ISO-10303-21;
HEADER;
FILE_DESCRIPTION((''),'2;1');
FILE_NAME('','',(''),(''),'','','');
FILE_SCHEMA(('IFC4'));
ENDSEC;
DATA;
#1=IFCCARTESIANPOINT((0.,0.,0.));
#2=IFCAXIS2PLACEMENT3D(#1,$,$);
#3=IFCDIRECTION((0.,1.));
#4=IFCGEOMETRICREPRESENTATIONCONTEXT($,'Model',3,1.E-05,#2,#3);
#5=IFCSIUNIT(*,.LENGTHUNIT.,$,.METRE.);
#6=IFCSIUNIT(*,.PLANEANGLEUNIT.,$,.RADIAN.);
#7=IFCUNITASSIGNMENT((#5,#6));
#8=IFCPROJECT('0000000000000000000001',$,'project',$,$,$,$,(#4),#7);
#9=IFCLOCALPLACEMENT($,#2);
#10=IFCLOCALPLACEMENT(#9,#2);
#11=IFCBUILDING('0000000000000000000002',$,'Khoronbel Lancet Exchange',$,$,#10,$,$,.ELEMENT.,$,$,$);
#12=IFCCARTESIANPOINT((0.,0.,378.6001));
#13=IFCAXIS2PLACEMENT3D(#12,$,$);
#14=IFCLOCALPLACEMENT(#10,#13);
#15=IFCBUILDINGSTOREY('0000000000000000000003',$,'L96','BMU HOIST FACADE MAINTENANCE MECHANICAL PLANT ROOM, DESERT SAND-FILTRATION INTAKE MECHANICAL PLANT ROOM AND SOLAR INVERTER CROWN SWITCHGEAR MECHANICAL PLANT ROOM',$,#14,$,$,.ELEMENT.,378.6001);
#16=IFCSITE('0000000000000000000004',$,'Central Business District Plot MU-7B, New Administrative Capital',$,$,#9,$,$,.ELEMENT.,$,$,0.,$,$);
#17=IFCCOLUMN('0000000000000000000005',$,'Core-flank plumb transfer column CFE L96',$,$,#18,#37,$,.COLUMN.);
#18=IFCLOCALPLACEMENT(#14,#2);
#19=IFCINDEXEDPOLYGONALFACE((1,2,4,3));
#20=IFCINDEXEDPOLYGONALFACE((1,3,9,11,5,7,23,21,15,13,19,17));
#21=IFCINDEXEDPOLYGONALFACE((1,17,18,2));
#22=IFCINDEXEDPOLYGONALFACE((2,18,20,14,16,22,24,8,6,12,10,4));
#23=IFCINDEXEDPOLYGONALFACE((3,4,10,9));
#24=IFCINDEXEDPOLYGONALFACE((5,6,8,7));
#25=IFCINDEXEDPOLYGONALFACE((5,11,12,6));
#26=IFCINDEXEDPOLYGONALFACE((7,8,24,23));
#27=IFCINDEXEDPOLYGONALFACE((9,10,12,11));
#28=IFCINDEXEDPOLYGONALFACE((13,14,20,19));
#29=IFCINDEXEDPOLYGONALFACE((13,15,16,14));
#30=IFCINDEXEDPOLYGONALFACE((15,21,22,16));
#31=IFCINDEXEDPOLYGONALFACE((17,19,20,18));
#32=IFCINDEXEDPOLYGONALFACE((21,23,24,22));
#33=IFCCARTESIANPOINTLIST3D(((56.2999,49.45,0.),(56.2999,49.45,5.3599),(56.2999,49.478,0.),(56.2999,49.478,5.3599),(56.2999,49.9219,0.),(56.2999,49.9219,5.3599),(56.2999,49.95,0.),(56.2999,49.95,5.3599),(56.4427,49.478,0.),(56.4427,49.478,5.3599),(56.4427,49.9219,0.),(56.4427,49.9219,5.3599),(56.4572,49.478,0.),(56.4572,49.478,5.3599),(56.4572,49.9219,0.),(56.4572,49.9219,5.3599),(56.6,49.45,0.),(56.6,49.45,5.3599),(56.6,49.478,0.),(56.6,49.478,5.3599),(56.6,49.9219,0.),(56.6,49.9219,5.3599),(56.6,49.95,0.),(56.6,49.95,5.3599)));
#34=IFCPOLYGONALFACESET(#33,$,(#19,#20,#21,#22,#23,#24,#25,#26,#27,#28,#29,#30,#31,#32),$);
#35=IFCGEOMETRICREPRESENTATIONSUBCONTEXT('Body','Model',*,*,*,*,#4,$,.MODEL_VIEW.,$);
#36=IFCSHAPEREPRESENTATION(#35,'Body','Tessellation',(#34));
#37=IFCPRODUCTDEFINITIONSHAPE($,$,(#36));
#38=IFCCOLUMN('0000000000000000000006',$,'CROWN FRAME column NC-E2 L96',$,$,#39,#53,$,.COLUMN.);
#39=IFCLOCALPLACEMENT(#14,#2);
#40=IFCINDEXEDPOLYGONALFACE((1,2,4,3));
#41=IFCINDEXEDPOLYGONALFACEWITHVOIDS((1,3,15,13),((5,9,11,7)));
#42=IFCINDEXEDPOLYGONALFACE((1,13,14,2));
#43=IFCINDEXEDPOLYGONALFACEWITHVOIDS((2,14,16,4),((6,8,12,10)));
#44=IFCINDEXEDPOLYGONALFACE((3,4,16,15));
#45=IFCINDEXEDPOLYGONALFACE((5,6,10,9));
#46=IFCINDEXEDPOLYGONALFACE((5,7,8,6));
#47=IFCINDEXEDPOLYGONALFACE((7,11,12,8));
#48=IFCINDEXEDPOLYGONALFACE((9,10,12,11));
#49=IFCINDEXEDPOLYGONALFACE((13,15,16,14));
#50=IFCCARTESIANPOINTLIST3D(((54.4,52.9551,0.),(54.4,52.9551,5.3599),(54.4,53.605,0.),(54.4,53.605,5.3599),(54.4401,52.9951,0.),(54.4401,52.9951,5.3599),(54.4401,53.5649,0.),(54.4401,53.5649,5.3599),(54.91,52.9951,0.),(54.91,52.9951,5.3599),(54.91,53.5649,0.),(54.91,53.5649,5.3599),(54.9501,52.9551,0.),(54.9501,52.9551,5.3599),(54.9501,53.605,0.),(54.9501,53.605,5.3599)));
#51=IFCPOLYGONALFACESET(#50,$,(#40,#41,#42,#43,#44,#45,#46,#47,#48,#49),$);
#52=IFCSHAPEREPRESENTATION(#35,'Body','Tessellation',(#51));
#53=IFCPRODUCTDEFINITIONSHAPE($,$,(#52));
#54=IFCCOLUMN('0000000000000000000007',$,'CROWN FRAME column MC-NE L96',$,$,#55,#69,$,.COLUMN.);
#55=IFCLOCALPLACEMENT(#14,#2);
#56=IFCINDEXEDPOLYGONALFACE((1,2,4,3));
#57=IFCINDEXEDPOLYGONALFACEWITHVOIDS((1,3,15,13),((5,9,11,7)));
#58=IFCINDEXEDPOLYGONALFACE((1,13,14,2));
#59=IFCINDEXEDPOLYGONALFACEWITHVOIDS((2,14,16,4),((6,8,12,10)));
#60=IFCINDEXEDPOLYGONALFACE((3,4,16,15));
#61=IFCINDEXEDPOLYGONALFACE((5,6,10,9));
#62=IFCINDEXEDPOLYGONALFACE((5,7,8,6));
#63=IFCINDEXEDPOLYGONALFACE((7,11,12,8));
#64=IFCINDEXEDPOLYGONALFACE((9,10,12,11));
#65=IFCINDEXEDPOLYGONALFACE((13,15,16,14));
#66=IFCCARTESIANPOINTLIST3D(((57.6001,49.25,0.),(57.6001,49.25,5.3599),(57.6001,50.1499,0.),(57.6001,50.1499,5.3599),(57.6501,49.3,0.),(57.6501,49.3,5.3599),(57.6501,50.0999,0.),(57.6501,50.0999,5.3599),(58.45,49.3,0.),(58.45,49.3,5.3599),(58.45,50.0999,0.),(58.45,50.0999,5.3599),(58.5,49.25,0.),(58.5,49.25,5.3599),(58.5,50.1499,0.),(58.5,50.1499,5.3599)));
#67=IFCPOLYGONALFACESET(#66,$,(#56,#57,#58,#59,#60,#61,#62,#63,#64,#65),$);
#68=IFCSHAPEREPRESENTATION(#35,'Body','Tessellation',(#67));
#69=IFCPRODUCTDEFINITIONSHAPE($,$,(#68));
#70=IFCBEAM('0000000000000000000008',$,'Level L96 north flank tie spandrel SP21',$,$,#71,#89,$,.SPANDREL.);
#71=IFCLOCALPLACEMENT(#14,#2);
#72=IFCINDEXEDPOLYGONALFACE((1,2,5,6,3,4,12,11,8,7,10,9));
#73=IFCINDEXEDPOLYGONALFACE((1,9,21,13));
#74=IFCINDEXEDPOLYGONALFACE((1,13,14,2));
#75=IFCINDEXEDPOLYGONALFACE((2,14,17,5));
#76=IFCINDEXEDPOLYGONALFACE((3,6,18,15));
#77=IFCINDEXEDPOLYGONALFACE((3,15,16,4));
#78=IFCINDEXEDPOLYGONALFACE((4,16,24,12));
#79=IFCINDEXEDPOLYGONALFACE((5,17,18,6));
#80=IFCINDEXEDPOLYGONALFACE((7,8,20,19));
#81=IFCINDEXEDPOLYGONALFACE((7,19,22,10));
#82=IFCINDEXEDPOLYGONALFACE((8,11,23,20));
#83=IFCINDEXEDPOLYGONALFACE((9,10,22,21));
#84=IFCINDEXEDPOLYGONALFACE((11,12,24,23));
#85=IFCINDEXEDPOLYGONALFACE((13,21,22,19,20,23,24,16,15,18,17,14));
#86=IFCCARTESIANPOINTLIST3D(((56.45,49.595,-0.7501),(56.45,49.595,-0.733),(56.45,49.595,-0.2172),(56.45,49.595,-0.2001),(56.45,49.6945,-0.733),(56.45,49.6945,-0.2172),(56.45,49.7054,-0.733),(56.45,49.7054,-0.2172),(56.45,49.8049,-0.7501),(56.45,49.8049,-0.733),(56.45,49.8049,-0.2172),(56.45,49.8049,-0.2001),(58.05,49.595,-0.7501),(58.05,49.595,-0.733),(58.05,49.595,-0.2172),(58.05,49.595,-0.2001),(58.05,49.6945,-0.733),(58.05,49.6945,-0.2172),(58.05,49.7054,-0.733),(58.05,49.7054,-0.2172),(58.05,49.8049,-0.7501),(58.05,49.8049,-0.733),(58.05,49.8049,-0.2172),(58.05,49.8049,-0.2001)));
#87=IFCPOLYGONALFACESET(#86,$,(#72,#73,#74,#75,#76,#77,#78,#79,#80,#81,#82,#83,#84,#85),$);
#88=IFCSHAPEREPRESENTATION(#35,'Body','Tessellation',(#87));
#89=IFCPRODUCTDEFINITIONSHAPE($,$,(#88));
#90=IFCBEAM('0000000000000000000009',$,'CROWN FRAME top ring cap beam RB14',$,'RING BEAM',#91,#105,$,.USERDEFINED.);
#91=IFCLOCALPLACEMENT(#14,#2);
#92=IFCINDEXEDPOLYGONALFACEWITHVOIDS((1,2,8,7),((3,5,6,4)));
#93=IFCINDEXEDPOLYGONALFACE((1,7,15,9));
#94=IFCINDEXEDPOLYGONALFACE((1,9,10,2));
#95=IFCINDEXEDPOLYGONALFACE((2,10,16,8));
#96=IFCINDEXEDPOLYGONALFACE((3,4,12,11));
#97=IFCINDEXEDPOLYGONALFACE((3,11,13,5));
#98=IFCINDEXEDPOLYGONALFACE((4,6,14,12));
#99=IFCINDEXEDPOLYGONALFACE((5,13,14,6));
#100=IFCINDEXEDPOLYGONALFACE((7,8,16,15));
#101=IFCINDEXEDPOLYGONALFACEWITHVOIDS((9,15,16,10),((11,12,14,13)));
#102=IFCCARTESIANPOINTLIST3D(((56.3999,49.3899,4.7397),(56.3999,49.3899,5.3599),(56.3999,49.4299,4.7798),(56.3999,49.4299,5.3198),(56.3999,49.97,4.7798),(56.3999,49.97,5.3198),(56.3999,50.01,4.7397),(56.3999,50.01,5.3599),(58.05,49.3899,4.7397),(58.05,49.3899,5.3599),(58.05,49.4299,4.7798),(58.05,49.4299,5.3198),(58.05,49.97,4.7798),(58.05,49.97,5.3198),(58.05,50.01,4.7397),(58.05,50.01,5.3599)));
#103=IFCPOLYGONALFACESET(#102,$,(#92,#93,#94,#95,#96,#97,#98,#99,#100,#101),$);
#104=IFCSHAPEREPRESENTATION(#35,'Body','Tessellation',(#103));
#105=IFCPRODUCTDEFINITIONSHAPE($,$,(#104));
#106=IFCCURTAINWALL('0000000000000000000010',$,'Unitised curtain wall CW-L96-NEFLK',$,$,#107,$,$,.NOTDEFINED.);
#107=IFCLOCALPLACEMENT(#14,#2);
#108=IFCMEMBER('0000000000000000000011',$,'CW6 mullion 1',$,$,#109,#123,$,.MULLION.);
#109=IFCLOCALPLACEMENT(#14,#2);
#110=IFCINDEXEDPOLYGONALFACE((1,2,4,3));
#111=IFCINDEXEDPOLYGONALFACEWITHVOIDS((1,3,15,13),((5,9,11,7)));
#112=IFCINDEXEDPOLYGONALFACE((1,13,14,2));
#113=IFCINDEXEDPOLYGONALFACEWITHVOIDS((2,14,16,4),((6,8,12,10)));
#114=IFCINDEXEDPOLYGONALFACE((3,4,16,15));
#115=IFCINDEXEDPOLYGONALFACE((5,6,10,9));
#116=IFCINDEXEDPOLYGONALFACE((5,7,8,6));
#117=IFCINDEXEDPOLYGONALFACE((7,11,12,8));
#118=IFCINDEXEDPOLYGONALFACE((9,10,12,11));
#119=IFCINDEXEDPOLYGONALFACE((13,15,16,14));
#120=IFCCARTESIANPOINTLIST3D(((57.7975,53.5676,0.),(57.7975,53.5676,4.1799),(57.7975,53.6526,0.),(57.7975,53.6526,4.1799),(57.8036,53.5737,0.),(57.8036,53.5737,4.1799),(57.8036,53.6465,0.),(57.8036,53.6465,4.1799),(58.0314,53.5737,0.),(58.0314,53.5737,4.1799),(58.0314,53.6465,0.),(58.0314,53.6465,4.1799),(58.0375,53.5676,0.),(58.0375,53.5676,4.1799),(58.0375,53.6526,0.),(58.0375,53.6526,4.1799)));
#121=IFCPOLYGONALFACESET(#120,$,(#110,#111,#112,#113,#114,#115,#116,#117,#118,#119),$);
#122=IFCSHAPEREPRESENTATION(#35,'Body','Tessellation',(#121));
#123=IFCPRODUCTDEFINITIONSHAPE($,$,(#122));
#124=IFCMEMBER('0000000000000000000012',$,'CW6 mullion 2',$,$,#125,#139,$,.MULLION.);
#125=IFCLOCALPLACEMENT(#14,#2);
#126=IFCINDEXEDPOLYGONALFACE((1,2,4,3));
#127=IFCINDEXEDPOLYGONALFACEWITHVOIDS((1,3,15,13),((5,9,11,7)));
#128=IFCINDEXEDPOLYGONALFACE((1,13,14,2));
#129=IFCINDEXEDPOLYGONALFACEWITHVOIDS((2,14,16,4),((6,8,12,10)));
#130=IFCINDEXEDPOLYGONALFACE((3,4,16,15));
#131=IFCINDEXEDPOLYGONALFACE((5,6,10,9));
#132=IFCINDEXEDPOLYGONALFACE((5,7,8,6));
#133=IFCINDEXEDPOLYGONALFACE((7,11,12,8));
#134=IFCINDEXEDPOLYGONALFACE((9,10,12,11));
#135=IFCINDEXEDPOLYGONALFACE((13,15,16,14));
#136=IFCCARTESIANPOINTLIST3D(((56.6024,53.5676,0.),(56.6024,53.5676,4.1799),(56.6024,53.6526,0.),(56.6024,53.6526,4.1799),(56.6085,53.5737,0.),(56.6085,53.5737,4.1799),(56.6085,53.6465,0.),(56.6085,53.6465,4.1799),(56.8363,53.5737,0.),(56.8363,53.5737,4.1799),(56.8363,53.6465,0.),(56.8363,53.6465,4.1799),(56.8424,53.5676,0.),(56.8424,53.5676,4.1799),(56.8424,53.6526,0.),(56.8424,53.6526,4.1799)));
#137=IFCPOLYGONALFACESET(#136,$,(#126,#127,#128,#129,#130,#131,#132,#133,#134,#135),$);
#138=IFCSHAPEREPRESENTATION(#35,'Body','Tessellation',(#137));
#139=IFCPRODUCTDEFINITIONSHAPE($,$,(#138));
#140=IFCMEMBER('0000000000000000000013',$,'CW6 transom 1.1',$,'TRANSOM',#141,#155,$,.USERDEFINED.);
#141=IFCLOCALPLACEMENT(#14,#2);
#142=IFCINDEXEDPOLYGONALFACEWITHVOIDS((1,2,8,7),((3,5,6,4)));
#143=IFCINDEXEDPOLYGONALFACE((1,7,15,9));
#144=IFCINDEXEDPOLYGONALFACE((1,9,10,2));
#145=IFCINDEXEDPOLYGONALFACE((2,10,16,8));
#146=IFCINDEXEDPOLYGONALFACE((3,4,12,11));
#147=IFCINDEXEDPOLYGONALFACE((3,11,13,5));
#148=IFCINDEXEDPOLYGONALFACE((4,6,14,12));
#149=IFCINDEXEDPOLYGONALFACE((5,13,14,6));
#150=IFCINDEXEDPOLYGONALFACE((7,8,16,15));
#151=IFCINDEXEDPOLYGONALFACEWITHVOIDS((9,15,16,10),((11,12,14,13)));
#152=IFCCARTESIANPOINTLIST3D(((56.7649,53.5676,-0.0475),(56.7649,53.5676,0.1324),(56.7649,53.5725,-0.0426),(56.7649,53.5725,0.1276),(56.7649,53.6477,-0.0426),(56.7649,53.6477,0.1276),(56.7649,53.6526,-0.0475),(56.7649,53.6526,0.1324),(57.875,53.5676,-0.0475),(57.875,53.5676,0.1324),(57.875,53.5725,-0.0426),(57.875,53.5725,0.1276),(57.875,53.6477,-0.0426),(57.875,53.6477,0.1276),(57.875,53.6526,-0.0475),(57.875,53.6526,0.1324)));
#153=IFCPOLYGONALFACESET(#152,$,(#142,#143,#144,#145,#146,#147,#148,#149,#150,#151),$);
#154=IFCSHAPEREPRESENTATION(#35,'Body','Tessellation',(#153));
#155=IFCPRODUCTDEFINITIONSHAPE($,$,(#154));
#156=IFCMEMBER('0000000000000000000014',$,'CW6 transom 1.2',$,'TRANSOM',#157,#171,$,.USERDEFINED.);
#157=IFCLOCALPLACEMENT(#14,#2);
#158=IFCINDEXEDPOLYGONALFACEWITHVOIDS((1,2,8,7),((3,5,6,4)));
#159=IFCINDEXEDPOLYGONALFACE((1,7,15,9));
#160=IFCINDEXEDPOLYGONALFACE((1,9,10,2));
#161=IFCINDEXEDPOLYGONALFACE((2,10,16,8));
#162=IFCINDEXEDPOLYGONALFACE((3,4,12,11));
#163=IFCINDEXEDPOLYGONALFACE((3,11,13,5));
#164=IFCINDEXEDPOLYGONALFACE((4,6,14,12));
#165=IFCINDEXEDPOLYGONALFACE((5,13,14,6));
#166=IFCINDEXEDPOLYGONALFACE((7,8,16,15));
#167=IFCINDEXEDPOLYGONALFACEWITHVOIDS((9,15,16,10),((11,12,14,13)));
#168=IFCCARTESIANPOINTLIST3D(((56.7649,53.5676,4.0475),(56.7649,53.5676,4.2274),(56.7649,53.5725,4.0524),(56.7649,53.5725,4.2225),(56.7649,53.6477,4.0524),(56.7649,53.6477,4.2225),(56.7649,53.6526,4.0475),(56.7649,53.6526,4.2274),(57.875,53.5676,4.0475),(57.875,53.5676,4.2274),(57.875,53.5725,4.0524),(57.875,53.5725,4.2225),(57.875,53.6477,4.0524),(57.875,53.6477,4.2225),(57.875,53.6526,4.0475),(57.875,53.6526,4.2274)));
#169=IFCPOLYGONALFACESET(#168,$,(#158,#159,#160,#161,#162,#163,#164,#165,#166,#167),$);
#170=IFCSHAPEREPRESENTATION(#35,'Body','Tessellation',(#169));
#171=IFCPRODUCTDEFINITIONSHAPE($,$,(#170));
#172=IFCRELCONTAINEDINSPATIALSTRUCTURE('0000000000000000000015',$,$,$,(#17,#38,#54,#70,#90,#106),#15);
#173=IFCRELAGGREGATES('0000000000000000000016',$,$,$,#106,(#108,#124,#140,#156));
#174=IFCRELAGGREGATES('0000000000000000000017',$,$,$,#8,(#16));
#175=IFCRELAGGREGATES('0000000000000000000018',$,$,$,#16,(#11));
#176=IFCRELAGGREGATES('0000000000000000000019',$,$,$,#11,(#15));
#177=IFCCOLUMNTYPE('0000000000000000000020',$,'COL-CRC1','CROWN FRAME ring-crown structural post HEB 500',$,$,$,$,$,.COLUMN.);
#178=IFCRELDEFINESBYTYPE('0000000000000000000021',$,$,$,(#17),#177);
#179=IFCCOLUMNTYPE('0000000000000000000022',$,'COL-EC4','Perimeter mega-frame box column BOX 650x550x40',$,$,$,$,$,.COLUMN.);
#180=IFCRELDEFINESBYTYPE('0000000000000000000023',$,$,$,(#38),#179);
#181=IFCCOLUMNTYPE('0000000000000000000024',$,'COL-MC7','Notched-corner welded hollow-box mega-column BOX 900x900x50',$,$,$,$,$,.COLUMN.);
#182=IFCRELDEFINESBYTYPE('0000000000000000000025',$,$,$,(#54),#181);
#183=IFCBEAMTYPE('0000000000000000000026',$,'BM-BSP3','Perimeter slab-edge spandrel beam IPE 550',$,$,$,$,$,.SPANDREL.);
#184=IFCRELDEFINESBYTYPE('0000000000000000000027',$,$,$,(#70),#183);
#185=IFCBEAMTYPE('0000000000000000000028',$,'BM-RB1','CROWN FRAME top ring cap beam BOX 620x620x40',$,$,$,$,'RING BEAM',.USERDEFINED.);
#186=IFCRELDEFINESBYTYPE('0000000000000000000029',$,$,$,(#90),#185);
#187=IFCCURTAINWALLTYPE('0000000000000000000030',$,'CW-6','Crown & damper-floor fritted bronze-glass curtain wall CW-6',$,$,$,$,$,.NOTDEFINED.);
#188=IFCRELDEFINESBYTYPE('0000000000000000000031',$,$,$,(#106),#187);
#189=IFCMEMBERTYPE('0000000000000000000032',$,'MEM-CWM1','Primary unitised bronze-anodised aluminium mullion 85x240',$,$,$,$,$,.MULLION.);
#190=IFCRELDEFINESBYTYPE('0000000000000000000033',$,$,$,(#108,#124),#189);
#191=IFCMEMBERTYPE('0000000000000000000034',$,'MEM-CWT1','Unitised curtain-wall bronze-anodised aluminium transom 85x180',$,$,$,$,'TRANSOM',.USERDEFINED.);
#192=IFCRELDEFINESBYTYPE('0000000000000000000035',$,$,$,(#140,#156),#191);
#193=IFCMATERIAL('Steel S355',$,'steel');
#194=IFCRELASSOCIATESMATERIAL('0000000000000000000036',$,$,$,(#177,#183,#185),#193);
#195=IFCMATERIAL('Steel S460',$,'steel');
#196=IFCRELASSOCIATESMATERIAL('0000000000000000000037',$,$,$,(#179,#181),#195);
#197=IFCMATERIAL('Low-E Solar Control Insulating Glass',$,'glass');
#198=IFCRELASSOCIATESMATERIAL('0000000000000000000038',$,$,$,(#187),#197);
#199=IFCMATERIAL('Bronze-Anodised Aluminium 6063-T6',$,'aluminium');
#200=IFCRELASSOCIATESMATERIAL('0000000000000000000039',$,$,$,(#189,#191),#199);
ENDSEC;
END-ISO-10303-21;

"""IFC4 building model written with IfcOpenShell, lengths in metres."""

from ifc_helpers import new_model, si_unit, direction, frame, origin, origin_2d, place, context, subcontext, project, spatial, hollow_rectangle, i_section, extrude, material, material_profile, profile_set, type_object, element, aggregate, save


model = new_model("IFC4")

# Units and contexts
model_context = context("Model", 3, precision=1e-05, world=origin(), true_north=direction((0.0, 1.0)))
body_context = subcontext(model_context, "Body", "Model", "MODEL_VIEW")
ifc_project = project(units=[si_unit("LENGTHUNIT", "METRE"), si_unit("PLANEANGLEUNIT", "RADIAN")], contexts=[model_context])

# Site, building, storey
site_placement = place(None, origin())
site = spatial("IfcSite", under=ifc_project, at=site_placement, Name="Central Business District Plot MU-7B, New Administrative Capital", CompositionType="ELEMENT", RefElevation=0.0)
building_placement = place(site_placement, origin())
building = spatial("IfcBuilding", under=site, at=building_placement, Name="Khoronbel Lancet Exchange", CompositionType="ELEMENT")
storey_placement = place(building_placement, frame((0.0, 0.0, 378.6001)))
storey = spatial("IfcBuildingStorey", under=building, at=storey_placement, Name="L96", Description="BMU HOIST FACADE MAINTENANCE MECHANICAL PLANT ROOM, DESERT SAND-FILTRATION INTAKE MECHANICAL PLANT ROOM AND SOLAR INVERTER CROWN SWITCHGEAR MECHANICAL PLANT ROOM", CompositionType="ELEMENT", Elevation=378.6001)

# Columns
ifc_material_1 = material(Name="Steel S355", Category="steel")
ifc_material_profile_1 = material_profile(ifc_material_1, i_section(OverallWidth=0.3, OverallDepth=0.5, WebThickness=0.0144, FlangeThickness=0.0281, at=origin_2d()), Name="HEB 500")
ifc_profile_set_1 = profile_set([ifc_material_profile_1], Name="Steel S355")
column_type_1 = type_object("IfcColumnType", Name="COL-CRC1", Description="CROWN FRAME ring-crown structural post HEB 500", PredefinedType="COLUMN", material=ifc_profile_set_1)
column_1_placement = place(storey_placement, frame((56.45, 49.7, 0.0), z_axis=(0.0, 0.0, 1.0), x_axis=(1.0, 0.0, 0.0)))
element("IfcColumn", 1, at=column_1_placement, inside=storey, type_object=column_type_1, Name="Core-flank plumb transfer column CFE L96", PredefinedType="COLUMN", context=body_context, shape_type="SweptSolid", body=[
    extrude(i_section(OverallWidth=0.3, OverallDepth=0.5, WebThickness=0.0144, FlangeThickness=0.0281, at=origin_2d()), origin(), (0.0, 0.0, 1.0), 5.3599),
])
ifc_material_2 = material(Name="Steel S460", Category="steel")
ifc_material_profile_2 = material_profile(ifc_material_2, hollow_rectangle(XDim=0.55, YDim=0.6499, WallThickness=0.04, at=origin_2d()), Name="BOX 650x550x40")
ifc_profile_set_2 = profile_set([ifc_material_profile_2], Name="Steel S460")
column_type_2 = type_object("IfcColumnType", Name="COL-EC4", Description="Perimeter mega-frame box column BOX 650x550x40", PredefinedType="COLUMN", material=ifc_profile_set_2)
column_2_placement = place(storey_placement, frame((54.675, 53.28, 0.0), z_axis=(0.0, 0.0, 1.0), x_axis=(1.0, 0.0, 0.0)))
element("IfcColumn", 2, at=column_2_placement, inside=storey, type_object=column_type_2, Name="CROWN FRAME column NC-E2 L96", PredefinedType="COLUMN", context=body_context, shape_type="SweptSolid", body=[
    extrude(hollow_rectangle(XDim=0.55, YDim=0.6499, WallThickness=0.04, at=origin_2d()), origin(), (0.0, 0.0, 1.0), 5.3599),
])
ifc_material_profile_3 = material_profile(ifc_material_2, hollow_rectangle(XDim=0.8999, YDim=0.8999, WallThickness=0.05, at=origin_2d()), Name="BOX 900x900x50")
ifc_profile_set_3 = profile_set([ifc_material_profile_3], Name="Steel S460")
column_type_3 = type_object("IfcColumnType", Name="COL-MC7", Description="Notched-corner welded hollow-box mega-column BOX 900x900x50", PredefinedType="COLUMN", material=ifc_profile_set_3)
column_3_placement = place(storey_placement, frame((58.05, 49.7, 0.0), z_axis=(0.0, 0.0, 1.0), x_axis=(1.0, 0.0, 0.0)))
element("IfcColumn", 3, at=column_3_placement, inside=storey, type_object=column_type_3, Name="CROWN FRAME column MC-NE L96", PredefinedType="COLUMN", context=body_context, shape_type="SweptSolid", body=[
    extrude(hollow_rectangle(XDim=0.8999, YDim=0.8999, WallThickness=0.05, at=origin_2d()), origin(), (0.0, 0.0, 1.0), 5.3599),
])

# Beams
ifc_material_profile_4 = material_profile(ifc_material_1, i_section(OverallWidth=0.21, OverallDepth=0.55, WebThickness=0.011, FlangeThickness=0.0171, at=origin_2d()), Name="IPE 550")
ifc_profile_set_4 = profile_set([ifc_material_profile_4], Name="Steel S355")
beam_type_1 = type_object("IfcBeamType", Name="BM-BSP3", Description="Perimeter slab-edge spandrel beam IPE 550", PredefinedType="SPANDREL", material=ifc_profile_set_4)
beam_1_placement = place(storey_placement, frame((58.05, 49.7, -0.4751), z_axis=(-1.0, 0.0, 0.0), x_axis=(0.0, -1.0, 0.0)))
element("IfcBeam", 4, at=beam_1_placement, inside=storey, type_object=beam_type_1, Name="Level L96 north flank tie spandrel SP21", PredefinedType="SPANDREL", context=body_context, shape_type="SweptSolid", body=[
    extrude(i_section(OverallWidth=0.21, OverallDepth=0.55, WebThickness=0.011, FlangeThickness=0.0171, at=origin_2d()), origin(), (0.0, 0.0, 1.0), 1.6001),
])
ifc_material_profile_5 = material_profile(ifc_material_1, hollow_rectangle(XDim=0.6201, YDim=0.6201, WallThickness=0.04, at=origin_2d()), Name="BOX 620x620x40")
ifc_profile_set_5 = profile_set([ifc_material_profile_5], Name="Steel S355")
beam_type_2 = type_object("IfcBeamType", Name="BM-RB1", Description="CROWN FRAME top ring cap beam BOX 620x620x40", ElementType="RING BEAM", PredefinedType="USERDEFINED", material=ifc_profile_set_5)
beam_2_placement = place(storey_placement, frame((58.05, 49.7, 5.0498), z_axis=(-1.0, 0.0, 0.0), x_axis=(0.0, -1.0, 0.0)))
element("IfcBeam", 5, at=beam_2_placement, inside=storey, type_object=beam_type_2, Name="CROWN FRAME top ring cap beam RB14", ObjectType="RING BEAM", PredefinedType="USERDEFINED", context=body_context, shape_type="SweptSolid", body=[
    extrude(hollow_rectangle(XDim=0.6201, YDim=0.6201, WallThickness=0.04, at=origin_2d()), origin(), (0.0, 0.0, 1.0), 1.6501),
])

# Curtain wall, members
ifc_material_3 = material(Name="Low-E Solar Control Insulating Glass", Category="glass")
curtain_wall_type = type_object("IfcCurtainWallType", Name="CW-6", Description="Crown & damper-floor fritted bronze-glass curtain wall CW-6", PredefinedType="NOTDEFINED", material=ifc_material_3)
curtain_wall_placement = place(storey_placement, origin())
curtain_wall = element("IfcCurtainWall", 6, at=curtain_wall_placement, inside=storey, type_object=curtain_wall_type, Name="Unitised curtain wall CW-L96-NEFLK", PredefinedType="NOTDEFINED")
ifc_material_4 = material(Name="Bronze-Anodised Aluminium 6063-T6", Category="aluminium")
ifc_material_profile_6 = material_profile(ifc_material_4, hollow_rectangle(XDim=0.085, YDim=0.24, WallThickness=0.0061, at=origin_2d()), Name="ALU MULLION 85x240")
ifc_profile_set_6 = profile_set([ifc_material_profile_6], Name="Bronze-Anodised Aluminium 6063-T6")
member_type_1 = type_object("IfcMemberType", Name="MEM-CWM1", Description="Primary unitised bronze-anodised aluminium mullion 85x240", PredefinedType="MULLION", material=ifc_profile_set_6)
member_1_placement = place(storey_placement, frame((57.9175, 53.6101, 0.0), z_axis=(0.0, 0.0, 1.0), x_axis=(0.0, -1.0, 0.0)))
member_1 = element("IfcMember", 7, at=member_1_placement, type_object=member_type_1, Name="CW6 mullion 1", PredefinedType="MULLION", context=body_context, shape_type="SweptSolid", body=[
    extrude(hollow_rectangle(XDim=0.085, YDim=0.24, WallThickness=0.0061, at=origin_2d()), origin(), (0.0, 0.0, 1.0), 4.1799),
])
member_2_placement = place(storey_placement, frame((56.7224, 53.6101, 0.0), z_axis=(0.0, 0.0, 1.0), x_axis=(0.0, -1.0, 0.0)))
member_2 = element("IfcMember", 8, at=member_2_placement, type_object=member_type_1, Name="CW6 mullion 2", PredefinedType="MULLION", context=body_context, shape_type="SweptSolid", body=[
    extrude(hollow_rectangle(XDim=0.085, YDim=0.24, WallThickness=0.0061, at=origin_2d()), origin(), (0.0, 0.0, 1.0), 4.1799),
])
ifc_material_profile_7 = material_profile(ifc_material_4, hollow_rectangle(XDim=0.085, YDim=0.1799, WallThickness=0.0049, at=origin_2d()), Name="ALU TRANSOM 85x180")
ifc_profile_set_7 = profile_set([ifc_material_profile_7], Name="Bronze-Anodised Aluminium 6063-T6")
member_type_2 = type_object("IfcMemberType", Name="MEM-CWT1", Description="Unitised curtain-wall bronze-anodised aluminium transom 85x180", ElementType="TRANSOM", PredefinedType="USERDEFINED", material=ifc_profile_set_7)
member_3_placement = place(storey_placement, frame((57.875, 53.6101, 0.0425), z_axis=(-1.0, 0.0, 0.0), x_axis=(0.0, -1.0, 0.0)))
member_3 = element("IfcMember", 9, at=member_3_placement, type_object=member_type_2, Name="CW6 transom 1.1", ObjectType="TRANSOM", PredefinedType="USERDEFINED", context=body_context, shape_type="SweptSolid", body=[
    extrude(hollow_rectangle(XDim=0.085, YDim=0.1799, WallThickness=0.0049, at=origin_2d()), origin(), (0.0, 0.0, 1.0), 1.1101),
])
member_4_placement = place(storey_placement, frame((57.875, 53.6101, 4.1375), z_axis=(-1.0, 0.0, 0.0), x_axis=(0.0, -1.0, 0.0)))
member_4 = element("IfcMember", 10, at=member_4_placement, type_object=member_type_2, Name="CW6 transom 1.2", ObjectType="TRANSOM", PredefinedType="USERDEFINED", context=body_context, shape_type="SweptSolid", body=[
    extrude(hollow_rectangle(XDim=0.085, YDim=0.1799, WallThickness=0.0049, at=origin_2d()), origin(), (0.0, 0.0, 1.0), 1.1101),
])
aggregate(curtain_wall, [member_1, member_2, member_3, member_4])

save(model, "model.ifc")
